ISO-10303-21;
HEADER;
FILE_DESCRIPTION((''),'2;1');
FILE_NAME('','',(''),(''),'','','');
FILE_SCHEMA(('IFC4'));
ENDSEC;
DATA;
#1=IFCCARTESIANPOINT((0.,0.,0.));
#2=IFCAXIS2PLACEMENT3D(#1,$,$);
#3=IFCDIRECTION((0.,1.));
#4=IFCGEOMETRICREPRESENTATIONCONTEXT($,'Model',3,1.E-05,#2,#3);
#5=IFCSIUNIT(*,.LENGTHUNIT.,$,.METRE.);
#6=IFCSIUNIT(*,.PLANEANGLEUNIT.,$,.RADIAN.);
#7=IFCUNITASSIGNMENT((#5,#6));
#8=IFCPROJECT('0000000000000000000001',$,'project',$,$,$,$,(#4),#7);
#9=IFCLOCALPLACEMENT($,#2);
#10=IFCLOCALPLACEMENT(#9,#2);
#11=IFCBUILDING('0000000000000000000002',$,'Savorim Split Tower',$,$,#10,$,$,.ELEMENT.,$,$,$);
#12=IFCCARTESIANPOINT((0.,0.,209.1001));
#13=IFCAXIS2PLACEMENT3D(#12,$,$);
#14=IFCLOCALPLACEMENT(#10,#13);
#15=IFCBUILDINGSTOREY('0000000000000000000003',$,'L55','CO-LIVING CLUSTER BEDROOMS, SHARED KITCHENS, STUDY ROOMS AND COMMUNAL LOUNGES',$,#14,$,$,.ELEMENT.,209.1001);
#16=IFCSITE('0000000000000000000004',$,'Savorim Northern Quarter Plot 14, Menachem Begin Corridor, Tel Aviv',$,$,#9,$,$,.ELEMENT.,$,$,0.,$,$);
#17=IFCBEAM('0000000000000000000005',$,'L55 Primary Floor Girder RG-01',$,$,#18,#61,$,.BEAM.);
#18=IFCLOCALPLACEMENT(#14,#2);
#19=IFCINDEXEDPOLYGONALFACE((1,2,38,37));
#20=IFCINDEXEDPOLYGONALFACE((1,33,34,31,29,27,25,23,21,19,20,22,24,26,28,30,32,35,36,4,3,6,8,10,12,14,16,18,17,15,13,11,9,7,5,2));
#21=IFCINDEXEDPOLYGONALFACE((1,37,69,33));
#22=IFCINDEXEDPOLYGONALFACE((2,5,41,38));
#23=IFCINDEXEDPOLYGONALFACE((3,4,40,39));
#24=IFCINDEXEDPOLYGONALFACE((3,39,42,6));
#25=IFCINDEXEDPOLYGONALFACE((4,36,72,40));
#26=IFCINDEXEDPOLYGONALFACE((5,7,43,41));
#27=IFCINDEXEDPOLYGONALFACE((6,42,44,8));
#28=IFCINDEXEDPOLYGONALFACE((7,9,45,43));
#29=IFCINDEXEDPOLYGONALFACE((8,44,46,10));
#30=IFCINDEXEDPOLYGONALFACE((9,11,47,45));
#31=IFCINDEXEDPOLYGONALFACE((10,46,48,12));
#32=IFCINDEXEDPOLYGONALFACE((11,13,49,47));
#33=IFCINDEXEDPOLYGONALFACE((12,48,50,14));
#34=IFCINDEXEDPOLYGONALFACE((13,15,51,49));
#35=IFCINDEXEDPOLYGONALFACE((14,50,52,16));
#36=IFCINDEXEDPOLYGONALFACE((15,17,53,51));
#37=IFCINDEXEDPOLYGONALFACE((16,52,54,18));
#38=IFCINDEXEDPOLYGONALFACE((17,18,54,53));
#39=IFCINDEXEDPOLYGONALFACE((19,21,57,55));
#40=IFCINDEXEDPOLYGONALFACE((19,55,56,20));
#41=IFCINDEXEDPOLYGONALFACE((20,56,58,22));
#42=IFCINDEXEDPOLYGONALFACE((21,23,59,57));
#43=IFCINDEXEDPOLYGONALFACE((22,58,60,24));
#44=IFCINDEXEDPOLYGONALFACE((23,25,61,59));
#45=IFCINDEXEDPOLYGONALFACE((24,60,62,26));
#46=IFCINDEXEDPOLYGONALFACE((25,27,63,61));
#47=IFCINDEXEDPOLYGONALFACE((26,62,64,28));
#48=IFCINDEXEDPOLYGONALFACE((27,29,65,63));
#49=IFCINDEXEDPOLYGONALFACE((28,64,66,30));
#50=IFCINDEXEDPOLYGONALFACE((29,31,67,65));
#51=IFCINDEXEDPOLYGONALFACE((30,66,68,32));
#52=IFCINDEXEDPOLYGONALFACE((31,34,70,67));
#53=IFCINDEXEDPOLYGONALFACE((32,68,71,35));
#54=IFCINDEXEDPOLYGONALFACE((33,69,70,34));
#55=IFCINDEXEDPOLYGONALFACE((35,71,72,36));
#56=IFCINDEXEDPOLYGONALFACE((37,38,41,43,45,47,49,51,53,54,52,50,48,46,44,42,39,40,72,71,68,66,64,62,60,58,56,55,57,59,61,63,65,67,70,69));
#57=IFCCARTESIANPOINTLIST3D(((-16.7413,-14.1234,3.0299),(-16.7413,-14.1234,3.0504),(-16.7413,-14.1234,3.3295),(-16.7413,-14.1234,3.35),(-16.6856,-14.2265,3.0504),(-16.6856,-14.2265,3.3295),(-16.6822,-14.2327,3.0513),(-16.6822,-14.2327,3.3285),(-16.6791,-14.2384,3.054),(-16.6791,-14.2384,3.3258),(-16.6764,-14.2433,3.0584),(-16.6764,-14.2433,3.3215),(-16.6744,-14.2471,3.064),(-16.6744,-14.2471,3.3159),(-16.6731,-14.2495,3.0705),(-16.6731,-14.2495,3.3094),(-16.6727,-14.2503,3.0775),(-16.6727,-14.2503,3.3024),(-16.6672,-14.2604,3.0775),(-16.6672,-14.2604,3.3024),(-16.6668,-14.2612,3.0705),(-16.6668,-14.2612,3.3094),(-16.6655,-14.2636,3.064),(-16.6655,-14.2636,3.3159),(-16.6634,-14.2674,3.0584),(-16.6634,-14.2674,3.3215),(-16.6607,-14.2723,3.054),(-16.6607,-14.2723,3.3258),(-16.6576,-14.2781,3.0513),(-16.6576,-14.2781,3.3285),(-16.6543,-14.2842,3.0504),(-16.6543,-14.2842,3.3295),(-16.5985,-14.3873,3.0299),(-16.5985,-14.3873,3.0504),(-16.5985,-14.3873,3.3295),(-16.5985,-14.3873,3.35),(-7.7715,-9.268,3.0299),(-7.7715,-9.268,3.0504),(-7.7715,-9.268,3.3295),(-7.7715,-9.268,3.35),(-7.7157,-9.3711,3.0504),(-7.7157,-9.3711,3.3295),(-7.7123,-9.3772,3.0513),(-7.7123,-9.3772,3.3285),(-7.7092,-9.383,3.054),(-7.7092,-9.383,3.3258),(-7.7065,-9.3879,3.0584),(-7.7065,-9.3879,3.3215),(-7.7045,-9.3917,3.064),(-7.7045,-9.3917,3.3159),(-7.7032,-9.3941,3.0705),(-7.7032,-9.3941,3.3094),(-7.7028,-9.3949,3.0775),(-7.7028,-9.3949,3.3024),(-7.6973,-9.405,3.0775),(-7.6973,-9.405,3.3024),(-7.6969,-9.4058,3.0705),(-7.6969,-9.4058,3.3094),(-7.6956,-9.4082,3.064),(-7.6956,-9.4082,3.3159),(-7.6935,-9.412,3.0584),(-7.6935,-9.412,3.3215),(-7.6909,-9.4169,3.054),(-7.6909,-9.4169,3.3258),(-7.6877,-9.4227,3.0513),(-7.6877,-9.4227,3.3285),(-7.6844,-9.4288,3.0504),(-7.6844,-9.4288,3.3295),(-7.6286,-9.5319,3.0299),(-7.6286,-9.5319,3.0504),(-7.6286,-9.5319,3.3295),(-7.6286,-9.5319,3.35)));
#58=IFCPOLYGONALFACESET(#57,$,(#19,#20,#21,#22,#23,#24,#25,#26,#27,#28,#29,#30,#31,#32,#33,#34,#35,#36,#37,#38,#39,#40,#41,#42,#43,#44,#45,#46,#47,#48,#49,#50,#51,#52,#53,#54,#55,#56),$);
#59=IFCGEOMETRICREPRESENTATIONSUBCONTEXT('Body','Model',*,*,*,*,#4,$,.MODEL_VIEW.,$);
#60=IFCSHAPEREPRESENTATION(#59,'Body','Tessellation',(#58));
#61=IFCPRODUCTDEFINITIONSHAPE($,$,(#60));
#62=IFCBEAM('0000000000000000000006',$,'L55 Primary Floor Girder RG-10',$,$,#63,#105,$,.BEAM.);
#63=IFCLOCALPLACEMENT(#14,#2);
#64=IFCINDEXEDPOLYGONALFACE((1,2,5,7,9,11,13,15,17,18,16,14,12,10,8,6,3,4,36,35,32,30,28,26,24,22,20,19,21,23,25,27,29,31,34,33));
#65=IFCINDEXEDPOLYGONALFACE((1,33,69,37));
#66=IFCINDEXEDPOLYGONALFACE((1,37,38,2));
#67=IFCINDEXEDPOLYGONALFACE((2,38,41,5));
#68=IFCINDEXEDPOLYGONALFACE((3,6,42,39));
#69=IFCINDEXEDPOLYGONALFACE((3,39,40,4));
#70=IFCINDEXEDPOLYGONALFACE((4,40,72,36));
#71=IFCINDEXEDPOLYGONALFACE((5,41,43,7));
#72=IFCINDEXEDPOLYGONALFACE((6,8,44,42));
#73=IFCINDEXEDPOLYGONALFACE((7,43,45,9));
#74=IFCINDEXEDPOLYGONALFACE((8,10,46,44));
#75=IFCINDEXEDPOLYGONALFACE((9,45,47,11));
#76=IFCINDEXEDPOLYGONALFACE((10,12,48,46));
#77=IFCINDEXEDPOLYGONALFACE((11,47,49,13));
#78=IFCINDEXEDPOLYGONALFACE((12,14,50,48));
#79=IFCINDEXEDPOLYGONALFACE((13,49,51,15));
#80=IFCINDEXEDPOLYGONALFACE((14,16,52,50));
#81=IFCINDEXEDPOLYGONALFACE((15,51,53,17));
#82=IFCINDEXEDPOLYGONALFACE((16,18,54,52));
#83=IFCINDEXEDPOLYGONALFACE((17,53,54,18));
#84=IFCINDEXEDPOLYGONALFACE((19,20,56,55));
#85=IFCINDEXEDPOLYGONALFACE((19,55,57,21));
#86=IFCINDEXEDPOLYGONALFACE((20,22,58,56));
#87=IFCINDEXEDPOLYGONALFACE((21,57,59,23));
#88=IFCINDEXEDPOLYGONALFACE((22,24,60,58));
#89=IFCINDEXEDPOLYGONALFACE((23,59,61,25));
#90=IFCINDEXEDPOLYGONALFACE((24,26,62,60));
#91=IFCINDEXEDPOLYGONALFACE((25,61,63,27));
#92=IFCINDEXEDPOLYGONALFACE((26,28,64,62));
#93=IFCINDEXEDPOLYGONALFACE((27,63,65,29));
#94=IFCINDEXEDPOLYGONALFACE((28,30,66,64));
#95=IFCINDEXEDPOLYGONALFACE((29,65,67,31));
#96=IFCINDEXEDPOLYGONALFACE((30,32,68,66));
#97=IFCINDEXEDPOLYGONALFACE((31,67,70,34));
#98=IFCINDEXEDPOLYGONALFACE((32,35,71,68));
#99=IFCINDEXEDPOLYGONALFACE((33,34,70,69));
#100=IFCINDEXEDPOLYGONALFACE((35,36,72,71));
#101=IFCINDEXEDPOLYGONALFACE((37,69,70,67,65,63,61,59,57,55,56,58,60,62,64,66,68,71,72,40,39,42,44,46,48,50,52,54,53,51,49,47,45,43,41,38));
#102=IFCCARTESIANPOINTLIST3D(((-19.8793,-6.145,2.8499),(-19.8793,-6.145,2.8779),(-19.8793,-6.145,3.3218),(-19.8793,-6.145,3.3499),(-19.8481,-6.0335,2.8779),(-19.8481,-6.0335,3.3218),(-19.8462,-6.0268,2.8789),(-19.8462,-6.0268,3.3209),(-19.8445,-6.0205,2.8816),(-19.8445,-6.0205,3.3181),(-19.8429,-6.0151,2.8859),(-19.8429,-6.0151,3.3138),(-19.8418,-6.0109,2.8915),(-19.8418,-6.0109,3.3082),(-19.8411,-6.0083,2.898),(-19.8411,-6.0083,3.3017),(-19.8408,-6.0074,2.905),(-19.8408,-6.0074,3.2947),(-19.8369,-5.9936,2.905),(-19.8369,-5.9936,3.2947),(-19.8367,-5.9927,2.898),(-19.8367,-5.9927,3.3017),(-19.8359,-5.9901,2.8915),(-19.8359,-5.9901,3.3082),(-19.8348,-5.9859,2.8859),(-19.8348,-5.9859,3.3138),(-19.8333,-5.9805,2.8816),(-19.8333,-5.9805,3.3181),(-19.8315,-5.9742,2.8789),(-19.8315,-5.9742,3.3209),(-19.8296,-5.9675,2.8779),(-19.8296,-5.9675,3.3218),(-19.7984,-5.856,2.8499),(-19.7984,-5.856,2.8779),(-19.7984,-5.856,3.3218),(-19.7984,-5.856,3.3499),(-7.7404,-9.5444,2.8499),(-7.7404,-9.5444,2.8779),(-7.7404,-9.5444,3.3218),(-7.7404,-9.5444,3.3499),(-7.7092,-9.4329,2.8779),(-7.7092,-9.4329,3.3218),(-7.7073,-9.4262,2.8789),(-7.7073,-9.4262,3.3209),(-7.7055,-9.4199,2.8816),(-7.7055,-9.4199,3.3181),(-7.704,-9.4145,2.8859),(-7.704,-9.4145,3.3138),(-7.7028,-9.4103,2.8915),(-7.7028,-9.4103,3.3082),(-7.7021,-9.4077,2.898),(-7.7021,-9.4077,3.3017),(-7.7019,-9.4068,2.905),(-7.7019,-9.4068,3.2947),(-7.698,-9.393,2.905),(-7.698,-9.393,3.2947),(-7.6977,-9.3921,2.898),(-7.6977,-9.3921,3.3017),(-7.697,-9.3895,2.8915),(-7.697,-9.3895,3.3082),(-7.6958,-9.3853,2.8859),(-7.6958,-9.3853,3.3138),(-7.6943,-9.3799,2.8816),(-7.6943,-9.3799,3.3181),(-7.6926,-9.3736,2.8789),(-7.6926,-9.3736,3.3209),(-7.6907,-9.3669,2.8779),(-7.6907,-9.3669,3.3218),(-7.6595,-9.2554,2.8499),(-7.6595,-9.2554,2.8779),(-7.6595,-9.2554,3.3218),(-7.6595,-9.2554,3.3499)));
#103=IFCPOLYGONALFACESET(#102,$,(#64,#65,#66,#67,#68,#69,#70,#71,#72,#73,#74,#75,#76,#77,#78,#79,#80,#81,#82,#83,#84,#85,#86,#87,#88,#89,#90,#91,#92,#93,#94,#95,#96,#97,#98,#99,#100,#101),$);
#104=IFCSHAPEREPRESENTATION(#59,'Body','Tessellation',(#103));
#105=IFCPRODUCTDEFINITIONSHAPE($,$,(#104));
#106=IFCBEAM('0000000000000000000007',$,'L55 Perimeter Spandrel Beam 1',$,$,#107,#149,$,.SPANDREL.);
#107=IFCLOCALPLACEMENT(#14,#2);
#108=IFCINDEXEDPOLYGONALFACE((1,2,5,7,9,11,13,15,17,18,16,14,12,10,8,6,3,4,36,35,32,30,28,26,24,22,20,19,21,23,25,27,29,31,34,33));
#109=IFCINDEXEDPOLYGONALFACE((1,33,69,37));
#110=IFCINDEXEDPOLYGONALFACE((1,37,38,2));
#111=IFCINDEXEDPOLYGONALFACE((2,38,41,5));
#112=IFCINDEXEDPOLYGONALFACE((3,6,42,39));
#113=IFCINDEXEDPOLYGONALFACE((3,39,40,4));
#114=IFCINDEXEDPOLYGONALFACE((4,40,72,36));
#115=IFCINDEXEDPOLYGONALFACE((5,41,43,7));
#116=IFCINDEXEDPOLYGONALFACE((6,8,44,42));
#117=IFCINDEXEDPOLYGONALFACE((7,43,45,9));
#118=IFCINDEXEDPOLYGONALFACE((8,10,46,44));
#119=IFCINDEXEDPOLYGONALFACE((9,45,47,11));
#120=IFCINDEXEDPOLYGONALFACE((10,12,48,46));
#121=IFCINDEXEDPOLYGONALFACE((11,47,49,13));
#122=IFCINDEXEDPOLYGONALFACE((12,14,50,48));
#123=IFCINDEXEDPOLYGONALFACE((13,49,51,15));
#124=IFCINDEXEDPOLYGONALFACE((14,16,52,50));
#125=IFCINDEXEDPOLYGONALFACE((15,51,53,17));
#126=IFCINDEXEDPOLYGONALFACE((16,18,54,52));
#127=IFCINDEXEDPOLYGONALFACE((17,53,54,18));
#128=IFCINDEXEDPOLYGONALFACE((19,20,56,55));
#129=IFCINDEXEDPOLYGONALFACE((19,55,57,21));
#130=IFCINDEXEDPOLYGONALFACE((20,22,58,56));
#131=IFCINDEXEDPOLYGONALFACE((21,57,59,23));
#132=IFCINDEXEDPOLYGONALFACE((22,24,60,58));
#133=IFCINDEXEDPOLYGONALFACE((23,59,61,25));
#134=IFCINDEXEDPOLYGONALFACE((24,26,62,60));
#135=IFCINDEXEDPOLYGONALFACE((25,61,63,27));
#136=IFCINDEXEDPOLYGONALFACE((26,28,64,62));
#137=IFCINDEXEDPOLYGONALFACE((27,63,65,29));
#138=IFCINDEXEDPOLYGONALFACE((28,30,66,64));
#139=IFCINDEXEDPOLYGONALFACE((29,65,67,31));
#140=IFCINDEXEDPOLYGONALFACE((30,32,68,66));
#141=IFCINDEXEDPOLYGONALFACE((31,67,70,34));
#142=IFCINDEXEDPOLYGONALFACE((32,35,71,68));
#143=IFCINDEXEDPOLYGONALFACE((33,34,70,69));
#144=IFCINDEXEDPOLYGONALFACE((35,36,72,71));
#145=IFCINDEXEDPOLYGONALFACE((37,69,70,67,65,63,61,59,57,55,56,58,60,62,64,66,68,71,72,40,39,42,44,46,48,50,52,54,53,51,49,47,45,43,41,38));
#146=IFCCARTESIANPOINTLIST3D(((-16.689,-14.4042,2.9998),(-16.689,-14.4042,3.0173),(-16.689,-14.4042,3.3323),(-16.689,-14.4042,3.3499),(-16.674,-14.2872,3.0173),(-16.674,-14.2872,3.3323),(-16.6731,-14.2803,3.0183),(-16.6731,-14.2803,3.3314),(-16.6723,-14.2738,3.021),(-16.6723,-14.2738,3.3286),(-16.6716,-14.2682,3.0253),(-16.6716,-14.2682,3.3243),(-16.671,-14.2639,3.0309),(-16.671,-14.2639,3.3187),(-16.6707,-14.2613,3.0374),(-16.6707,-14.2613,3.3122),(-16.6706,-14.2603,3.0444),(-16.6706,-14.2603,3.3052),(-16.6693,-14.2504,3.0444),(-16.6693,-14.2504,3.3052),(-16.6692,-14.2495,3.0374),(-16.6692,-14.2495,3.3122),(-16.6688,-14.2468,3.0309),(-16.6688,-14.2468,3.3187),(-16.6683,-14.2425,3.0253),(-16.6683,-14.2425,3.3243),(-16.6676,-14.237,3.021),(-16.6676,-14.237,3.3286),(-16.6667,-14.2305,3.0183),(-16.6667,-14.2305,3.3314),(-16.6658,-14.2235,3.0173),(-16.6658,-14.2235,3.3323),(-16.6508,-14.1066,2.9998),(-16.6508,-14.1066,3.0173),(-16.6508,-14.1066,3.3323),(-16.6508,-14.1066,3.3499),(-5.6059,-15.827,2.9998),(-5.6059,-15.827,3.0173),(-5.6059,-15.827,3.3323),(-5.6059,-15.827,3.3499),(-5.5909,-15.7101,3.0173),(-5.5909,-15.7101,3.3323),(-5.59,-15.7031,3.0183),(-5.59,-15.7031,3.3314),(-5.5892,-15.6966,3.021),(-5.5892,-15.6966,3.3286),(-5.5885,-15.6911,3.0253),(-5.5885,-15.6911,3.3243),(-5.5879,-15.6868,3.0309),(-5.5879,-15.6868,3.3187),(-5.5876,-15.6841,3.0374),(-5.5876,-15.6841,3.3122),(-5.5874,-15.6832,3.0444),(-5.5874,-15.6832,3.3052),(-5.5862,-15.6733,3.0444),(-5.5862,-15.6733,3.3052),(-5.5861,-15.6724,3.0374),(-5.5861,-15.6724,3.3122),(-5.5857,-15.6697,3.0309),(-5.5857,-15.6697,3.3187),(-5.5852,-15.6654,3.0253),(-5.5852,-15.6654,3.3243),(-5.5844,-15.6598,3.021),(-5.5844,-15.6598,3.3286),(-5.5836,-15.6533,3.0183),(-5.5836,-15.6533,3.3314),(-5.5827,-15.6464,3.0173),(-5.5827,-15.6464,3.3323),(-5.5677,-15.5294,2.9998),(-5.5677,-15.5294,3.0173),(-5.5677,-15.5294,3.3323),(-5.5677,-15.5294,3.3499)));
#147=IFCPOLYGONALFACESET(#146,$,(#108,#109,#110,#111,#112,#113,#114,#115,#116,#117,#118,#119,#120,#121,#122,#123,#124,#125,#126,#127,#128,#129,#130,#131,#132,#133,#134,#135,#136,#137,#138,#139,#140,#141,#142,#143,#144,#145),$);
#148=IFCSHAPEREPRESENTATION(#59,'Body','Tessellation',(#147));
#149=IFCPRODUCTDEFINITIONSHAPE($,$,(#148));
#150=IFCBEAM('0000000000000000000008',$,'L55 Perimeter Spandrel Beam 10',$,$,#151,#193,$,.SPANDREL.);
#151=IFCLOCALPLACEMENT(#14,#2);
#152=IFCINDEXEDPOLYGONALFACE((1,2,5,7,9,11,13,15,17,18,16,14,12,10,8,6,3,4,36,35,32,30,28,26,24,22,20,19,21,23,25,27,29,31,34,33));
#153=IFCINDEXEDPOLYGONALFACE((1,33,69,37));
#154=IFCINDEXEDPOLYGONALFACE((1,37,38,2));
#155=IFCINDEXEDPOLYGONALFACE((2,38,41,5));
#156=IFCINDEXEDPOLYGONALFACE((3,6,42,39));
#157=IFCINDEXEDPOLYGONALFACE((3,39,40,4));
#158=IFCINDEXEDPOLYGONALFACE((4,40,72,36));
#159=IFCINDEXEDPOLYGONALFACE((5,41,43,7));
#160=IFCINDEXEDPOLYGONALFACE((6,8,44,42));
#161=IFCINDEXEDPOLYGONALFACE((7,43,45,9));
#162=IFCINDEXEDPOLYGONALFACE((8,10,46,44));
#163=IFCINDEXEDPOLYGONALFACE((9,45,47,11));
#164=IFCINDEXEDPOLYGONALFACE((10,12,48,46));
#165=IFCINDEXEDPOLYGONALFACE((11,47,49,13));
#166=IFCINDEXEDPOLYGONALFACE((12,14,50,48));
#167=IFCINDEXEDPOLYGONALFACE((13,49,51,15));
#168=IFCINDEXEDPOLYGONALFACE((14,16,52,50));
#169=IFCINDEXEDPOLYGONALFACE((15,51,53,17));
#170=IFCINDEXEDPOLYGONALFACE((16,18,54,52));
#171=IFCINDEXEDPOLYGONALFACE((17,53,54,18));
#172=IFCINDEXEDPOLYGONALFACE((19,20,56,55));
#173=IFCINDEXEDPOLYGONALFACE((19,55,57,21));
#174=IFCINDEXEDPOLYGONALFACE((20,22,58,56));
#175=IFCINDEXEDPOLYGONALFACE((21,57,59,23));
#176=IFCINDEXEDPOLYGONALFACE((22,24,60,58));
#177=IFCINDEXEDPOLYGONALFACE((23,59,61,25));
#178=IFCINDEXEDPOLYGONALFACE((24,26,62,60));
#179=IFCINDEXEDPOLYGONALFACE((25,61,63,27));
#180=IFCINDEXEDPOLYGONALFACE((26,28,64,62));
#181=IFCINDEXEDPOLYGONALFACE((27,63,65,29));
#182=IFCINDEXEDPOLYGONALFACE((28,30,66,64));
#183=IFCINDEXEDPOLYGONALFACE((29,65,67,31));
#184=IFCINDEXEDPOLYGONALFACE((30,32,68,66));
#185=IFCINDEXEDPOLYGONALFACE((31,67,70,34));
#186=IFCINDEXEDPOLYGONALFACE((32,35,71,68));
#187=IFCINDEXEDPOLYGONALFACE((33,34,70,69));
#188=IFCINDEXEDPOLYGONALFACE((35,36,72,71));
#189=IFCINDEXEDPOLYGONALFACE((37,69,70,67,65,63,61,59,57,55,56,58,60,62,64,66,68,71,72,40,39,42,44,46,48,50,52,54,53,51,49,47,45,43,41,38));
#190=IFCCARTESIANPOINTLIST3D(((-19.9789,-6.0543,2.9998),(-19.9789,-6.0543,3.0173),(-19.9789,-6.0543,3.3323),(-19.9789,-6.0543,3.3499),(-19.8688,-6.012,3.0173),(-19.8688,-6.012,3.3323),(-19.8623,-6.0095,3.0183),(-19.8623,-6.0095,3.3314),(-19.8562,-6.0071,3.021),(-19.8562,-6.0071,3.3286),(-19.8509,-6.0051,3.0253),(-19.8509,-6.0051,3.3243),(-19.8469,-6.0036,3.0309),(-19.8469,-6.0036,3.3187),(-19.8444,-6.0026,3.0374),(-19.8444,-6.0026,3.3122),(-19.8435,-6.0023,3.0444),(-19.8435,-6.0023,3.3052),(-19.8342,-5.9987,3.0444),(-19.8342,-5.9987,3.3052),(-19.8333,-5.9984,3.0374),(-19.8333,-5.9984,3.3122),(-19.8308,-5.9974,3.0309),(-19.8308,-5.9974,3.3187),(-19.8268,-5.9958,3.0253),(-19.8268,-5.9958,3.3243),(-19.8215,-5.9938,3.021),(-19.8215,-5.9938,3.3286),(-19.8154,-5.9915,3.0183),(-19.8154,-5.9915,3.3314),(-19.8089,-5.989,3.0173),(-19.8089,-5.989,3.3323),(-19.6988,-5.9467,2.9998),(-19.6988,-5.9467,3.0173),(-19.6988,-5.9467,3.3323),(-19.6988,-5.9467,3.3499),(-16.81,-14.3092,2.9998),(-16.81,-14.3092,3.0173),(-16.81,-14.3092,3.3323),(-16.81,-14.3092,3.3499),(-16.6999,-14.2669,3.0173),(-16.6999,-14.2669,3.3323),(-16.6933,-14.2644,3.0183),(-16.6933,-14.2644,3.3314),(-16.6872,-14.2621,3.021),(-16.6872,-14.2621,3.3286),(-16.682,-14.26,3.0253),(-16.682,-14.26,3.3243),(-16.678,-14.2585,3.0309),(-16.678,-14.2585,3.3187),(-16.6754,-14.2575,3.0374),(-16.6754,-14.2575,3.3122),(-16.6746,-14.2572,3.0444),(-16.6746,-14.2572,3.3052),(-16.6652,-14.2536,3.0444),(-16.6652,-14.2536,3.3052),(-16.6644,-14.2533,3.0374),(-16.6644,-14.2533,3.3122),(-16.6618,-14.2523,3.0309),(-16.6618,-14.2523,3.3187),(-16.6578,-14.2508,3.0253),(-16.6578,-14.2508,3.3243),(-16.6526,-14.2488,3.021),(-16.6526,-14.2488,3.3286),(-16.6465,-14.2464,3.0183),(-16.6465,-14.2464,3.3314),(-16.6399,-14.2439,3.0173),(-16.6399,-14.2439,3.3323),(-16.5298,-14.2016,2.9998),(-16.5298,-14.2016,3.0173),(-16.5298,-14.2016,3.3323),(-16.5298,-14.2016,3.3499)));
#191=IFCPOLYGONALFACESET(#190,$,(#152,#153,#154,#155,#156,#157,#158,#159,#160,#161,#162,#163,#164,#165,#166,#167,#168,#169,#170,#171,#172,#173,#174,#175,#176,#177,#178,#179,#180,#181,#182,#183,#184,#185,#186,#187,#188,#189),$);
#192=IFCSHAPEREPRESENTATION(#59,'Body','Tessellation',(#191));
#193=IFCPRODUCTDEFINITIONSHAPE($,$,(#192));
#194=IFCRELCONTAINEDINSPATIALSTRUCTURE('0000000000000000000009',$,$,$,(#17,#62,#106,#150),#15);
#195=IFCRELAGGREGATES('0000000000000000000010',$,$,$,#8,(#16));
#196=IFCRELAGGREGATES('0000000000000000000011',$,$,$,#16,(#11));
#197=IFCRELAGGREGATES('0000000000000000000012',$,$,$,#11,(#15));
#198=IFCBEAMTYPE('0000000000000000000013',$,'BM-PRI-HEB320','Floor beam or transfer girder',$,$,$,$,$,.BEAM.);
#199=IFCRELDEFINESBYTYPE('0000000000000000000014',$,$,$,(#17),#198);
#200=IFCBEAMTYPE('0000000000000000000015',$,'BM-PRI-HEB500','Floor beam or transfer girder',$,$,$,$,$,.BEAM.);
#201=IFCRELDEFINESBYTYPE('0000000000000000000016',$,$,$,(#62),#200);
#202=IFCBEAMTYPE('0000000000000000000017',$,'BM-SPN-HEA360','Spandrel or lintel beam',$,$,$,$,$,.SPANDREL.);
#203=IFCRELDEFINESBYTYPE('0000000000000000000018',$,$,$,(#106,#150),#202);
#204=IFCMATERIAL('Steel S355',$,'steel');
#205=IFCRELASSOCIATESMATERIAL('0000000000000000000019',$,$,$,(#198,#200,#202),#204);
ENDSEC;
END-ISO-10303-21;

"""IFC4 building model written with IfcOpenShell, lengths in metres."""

from ifc_helpers import new_model, si_unit, direction, frame, origin, origin_2d, place, context, subcontext, project, spatial, i_section, extrude, material, material_profile, profile_set, type_object, element, save


model = new_model("IFC4")

# Units and contexts
model_context = context("Model", 3, precision=1e-05, world=origin(), true_north=direction((0.0, 1.0)))
body_context = subcontext(model_context, "Body", "Model", "MODEL_VIEW")
ifc_project = project(units=[si_unit("LENGTHUNIT", "METRE"), si_unit("PLANEANGLEUNIT", "RADIAN")], contexts=[model_context])

# Site, building, storey
site_placement = place(None, origin())
site = spatial("IfcSite", under=ifc_project, at=site_placement, Name="Savorim Northern Quarter Plot 14, Menachem Begin Corridor, Tel Aviv", CompositionType="ELEMENT", RefElevation=0.0)
building_placement = place(site_placement, origin())
building = spatial("IfcBuilding", under=site, at=building_placement, Name="Savorim Split Tower", CompositionType="ELEMENT")
storey_placement = place(building_placement, frame((0.0, 0.0, 209.1001)))
storey = spatial("IfcBuildingStorey", under=building, at=storey_placement, Name="L55", Description="CO-LIVING CLUSTER BEDROOMS, SHARED KITCHENS, STUDY ROOMS AND COMMUNAL LOUNGES", CompositionType="ELEMENT", Elevation=209.1001)

# Shared definitions
ifc_material_1 = material(Name="Steel S355", Category="steel")

# Beams
ifc_material_profile_1 = material_profile(ifc_material_1, i_section(OverallWidth=0.3, OverallDepth=0.3201, WebThickness=0.0115, FlangeThickness=0.0205, FilletRadius=0.0271, at=origin_2d()), Name="HEB 320")
ifc_profile_set_1 = profile_set([ifc_material_profile_1], Name="Steel S355")
beam_type_1 = type_object("IfcBeamType", Name="BM-PRI-HEB320", Description="Floor beam or transfer girder", PredefinedType="BEAM", material=ifc_profile_set_1)
beam_1_placement = place(storey_placement, frame((-16.6699, -14.2554, 3.1899), z_axis=(0.879426, 0.476036, 0.0), x_axis=(-0.476036, 0.879426, 0.0)))
element("IfcBeam", 1, at=beam_1_placement, inside=storey, type_object=beam_type_1, Name="L55 Primary Floor Girder RG-01", PredefinedType="BEAM", context=body_context, shape_type="SweptSolid", body=[
    extrude(i_section(OverallWidth=0.3, OverallDepth=0.3201, WebThickness=0.0115, FlangeThickness=0.0205, FilletRadius=0.0271, at=origin_2d()), origin(), (0.0, 0.0, 1.0), 10.1997),
])
ifc_material_profile_2 = material_profile(ifc_material_1, i_section(OverallWidth=0.3, OverallDepth=0.5, WebThickness=0.0144, FlangeThickness=0.0281, FilletRadius=0.0271, at=origin_2d()), Name="HEB 500")
ifc_profile_set_2 = profile_set([ifc_material_profile_2], Name="Steel S355")
beam_type_2 = type_object("IfcBeamType", Name="BM-PRI-HEB500", Description="Floor beam or transfer girder", PredefinedType="BEAM", material=ifc_profile_set_2)
beam_2_placement = place(storey_placement, frame((-19.8389, -6.0005, 3.0999), z_axis=(0.962953, -0.269668, 0.0), x_axis=(0.269668, 0.962953, 0.0)))
element("IfcBeam", 2, at=beam_2_placement, inside=storey, type_object=beam_type_2, Name="L55 Primary Floor Girder RG-10", PredefinedType="BEAM", context=body_context, shape_type="SweptSolid", body=[
    extrude(i_section(OverallWidth=0.3, OverallDepth=0.5, WebThickness=0.0144, FlangeThickness=0.0281, FilletRadius=0.0271, at=origin_2d()), origin(), (0.0, 0.0, 1.0), 12.606),
])
ifc_material_profile_3 = material_profile(ifc_material_1, i_section(OverallWidth=0.3, OverallDepth=0.3501, WebThickness=0.01, FlangeThickness=0.0176, FilletRadius=0.0271, at=origin_2d()), Name="HEA 360")
ifc_profile_set_3 = profile_set([ifc_material_profile_3], Name="Steel S355")
beam_type_3 = type_object("IfcBeamType", Name="BM-SPN-HEA360", Description="Spandrel or lintel beam", PredefinedType="SPANDREL", material=ifc_profile_set_3)
beam_3_placement = place(storey_placement, frame((-16.6699, -14.2554, 3.1748), z_axis=(0.99186, -0.127336, 0.0), x_axis=(0.127336, 0.99186, 0.0)))
element("IfcBeam", 3, at=beam_3_placement, inside=storey, type_object=beam_type_3, Name="L55 Perimeter Spandrel Beam 1", PredefinedType="SPANDREL", context=body_context, shape_type="SweptSolid", body=[
    extrude(i_section(OverallWidth=0.3, OverallDepth=0.3501, WebThickness=0.01, FlangeThickness=0.0176, FilletRadius=0.0271, at=origin_2d()), origin(), (0.0, 0.0, 1.0), 11.1741),
])
beam_4_placement = place(storey_placement, frame((-19.8389, -6.0005, 3.1748), z_axis=(0.358387, -0.933573, 0.0), x_axis=(0.933573, 0.358387, 0.0)))
element("IfcBeam", 4, at=beam_4_placement, inside=storey, type_object=beam_type_3, Name="L55 Perimeter Spandrel Beam 10", PredefinedType="SPANDREL", context=body_context, shape_type="SweptSolid", body=[
    extrude(i_section(OverallWidth=0.3, OverallDepth=0.3501, WebThickness=0.01, FlangeThickness=0.0176, FilletRadius=0.0271, at=origin_2d()), origin(), (0.0, 0.0, 1.0), 8.8423),
])

save(model, "model.ifc")
